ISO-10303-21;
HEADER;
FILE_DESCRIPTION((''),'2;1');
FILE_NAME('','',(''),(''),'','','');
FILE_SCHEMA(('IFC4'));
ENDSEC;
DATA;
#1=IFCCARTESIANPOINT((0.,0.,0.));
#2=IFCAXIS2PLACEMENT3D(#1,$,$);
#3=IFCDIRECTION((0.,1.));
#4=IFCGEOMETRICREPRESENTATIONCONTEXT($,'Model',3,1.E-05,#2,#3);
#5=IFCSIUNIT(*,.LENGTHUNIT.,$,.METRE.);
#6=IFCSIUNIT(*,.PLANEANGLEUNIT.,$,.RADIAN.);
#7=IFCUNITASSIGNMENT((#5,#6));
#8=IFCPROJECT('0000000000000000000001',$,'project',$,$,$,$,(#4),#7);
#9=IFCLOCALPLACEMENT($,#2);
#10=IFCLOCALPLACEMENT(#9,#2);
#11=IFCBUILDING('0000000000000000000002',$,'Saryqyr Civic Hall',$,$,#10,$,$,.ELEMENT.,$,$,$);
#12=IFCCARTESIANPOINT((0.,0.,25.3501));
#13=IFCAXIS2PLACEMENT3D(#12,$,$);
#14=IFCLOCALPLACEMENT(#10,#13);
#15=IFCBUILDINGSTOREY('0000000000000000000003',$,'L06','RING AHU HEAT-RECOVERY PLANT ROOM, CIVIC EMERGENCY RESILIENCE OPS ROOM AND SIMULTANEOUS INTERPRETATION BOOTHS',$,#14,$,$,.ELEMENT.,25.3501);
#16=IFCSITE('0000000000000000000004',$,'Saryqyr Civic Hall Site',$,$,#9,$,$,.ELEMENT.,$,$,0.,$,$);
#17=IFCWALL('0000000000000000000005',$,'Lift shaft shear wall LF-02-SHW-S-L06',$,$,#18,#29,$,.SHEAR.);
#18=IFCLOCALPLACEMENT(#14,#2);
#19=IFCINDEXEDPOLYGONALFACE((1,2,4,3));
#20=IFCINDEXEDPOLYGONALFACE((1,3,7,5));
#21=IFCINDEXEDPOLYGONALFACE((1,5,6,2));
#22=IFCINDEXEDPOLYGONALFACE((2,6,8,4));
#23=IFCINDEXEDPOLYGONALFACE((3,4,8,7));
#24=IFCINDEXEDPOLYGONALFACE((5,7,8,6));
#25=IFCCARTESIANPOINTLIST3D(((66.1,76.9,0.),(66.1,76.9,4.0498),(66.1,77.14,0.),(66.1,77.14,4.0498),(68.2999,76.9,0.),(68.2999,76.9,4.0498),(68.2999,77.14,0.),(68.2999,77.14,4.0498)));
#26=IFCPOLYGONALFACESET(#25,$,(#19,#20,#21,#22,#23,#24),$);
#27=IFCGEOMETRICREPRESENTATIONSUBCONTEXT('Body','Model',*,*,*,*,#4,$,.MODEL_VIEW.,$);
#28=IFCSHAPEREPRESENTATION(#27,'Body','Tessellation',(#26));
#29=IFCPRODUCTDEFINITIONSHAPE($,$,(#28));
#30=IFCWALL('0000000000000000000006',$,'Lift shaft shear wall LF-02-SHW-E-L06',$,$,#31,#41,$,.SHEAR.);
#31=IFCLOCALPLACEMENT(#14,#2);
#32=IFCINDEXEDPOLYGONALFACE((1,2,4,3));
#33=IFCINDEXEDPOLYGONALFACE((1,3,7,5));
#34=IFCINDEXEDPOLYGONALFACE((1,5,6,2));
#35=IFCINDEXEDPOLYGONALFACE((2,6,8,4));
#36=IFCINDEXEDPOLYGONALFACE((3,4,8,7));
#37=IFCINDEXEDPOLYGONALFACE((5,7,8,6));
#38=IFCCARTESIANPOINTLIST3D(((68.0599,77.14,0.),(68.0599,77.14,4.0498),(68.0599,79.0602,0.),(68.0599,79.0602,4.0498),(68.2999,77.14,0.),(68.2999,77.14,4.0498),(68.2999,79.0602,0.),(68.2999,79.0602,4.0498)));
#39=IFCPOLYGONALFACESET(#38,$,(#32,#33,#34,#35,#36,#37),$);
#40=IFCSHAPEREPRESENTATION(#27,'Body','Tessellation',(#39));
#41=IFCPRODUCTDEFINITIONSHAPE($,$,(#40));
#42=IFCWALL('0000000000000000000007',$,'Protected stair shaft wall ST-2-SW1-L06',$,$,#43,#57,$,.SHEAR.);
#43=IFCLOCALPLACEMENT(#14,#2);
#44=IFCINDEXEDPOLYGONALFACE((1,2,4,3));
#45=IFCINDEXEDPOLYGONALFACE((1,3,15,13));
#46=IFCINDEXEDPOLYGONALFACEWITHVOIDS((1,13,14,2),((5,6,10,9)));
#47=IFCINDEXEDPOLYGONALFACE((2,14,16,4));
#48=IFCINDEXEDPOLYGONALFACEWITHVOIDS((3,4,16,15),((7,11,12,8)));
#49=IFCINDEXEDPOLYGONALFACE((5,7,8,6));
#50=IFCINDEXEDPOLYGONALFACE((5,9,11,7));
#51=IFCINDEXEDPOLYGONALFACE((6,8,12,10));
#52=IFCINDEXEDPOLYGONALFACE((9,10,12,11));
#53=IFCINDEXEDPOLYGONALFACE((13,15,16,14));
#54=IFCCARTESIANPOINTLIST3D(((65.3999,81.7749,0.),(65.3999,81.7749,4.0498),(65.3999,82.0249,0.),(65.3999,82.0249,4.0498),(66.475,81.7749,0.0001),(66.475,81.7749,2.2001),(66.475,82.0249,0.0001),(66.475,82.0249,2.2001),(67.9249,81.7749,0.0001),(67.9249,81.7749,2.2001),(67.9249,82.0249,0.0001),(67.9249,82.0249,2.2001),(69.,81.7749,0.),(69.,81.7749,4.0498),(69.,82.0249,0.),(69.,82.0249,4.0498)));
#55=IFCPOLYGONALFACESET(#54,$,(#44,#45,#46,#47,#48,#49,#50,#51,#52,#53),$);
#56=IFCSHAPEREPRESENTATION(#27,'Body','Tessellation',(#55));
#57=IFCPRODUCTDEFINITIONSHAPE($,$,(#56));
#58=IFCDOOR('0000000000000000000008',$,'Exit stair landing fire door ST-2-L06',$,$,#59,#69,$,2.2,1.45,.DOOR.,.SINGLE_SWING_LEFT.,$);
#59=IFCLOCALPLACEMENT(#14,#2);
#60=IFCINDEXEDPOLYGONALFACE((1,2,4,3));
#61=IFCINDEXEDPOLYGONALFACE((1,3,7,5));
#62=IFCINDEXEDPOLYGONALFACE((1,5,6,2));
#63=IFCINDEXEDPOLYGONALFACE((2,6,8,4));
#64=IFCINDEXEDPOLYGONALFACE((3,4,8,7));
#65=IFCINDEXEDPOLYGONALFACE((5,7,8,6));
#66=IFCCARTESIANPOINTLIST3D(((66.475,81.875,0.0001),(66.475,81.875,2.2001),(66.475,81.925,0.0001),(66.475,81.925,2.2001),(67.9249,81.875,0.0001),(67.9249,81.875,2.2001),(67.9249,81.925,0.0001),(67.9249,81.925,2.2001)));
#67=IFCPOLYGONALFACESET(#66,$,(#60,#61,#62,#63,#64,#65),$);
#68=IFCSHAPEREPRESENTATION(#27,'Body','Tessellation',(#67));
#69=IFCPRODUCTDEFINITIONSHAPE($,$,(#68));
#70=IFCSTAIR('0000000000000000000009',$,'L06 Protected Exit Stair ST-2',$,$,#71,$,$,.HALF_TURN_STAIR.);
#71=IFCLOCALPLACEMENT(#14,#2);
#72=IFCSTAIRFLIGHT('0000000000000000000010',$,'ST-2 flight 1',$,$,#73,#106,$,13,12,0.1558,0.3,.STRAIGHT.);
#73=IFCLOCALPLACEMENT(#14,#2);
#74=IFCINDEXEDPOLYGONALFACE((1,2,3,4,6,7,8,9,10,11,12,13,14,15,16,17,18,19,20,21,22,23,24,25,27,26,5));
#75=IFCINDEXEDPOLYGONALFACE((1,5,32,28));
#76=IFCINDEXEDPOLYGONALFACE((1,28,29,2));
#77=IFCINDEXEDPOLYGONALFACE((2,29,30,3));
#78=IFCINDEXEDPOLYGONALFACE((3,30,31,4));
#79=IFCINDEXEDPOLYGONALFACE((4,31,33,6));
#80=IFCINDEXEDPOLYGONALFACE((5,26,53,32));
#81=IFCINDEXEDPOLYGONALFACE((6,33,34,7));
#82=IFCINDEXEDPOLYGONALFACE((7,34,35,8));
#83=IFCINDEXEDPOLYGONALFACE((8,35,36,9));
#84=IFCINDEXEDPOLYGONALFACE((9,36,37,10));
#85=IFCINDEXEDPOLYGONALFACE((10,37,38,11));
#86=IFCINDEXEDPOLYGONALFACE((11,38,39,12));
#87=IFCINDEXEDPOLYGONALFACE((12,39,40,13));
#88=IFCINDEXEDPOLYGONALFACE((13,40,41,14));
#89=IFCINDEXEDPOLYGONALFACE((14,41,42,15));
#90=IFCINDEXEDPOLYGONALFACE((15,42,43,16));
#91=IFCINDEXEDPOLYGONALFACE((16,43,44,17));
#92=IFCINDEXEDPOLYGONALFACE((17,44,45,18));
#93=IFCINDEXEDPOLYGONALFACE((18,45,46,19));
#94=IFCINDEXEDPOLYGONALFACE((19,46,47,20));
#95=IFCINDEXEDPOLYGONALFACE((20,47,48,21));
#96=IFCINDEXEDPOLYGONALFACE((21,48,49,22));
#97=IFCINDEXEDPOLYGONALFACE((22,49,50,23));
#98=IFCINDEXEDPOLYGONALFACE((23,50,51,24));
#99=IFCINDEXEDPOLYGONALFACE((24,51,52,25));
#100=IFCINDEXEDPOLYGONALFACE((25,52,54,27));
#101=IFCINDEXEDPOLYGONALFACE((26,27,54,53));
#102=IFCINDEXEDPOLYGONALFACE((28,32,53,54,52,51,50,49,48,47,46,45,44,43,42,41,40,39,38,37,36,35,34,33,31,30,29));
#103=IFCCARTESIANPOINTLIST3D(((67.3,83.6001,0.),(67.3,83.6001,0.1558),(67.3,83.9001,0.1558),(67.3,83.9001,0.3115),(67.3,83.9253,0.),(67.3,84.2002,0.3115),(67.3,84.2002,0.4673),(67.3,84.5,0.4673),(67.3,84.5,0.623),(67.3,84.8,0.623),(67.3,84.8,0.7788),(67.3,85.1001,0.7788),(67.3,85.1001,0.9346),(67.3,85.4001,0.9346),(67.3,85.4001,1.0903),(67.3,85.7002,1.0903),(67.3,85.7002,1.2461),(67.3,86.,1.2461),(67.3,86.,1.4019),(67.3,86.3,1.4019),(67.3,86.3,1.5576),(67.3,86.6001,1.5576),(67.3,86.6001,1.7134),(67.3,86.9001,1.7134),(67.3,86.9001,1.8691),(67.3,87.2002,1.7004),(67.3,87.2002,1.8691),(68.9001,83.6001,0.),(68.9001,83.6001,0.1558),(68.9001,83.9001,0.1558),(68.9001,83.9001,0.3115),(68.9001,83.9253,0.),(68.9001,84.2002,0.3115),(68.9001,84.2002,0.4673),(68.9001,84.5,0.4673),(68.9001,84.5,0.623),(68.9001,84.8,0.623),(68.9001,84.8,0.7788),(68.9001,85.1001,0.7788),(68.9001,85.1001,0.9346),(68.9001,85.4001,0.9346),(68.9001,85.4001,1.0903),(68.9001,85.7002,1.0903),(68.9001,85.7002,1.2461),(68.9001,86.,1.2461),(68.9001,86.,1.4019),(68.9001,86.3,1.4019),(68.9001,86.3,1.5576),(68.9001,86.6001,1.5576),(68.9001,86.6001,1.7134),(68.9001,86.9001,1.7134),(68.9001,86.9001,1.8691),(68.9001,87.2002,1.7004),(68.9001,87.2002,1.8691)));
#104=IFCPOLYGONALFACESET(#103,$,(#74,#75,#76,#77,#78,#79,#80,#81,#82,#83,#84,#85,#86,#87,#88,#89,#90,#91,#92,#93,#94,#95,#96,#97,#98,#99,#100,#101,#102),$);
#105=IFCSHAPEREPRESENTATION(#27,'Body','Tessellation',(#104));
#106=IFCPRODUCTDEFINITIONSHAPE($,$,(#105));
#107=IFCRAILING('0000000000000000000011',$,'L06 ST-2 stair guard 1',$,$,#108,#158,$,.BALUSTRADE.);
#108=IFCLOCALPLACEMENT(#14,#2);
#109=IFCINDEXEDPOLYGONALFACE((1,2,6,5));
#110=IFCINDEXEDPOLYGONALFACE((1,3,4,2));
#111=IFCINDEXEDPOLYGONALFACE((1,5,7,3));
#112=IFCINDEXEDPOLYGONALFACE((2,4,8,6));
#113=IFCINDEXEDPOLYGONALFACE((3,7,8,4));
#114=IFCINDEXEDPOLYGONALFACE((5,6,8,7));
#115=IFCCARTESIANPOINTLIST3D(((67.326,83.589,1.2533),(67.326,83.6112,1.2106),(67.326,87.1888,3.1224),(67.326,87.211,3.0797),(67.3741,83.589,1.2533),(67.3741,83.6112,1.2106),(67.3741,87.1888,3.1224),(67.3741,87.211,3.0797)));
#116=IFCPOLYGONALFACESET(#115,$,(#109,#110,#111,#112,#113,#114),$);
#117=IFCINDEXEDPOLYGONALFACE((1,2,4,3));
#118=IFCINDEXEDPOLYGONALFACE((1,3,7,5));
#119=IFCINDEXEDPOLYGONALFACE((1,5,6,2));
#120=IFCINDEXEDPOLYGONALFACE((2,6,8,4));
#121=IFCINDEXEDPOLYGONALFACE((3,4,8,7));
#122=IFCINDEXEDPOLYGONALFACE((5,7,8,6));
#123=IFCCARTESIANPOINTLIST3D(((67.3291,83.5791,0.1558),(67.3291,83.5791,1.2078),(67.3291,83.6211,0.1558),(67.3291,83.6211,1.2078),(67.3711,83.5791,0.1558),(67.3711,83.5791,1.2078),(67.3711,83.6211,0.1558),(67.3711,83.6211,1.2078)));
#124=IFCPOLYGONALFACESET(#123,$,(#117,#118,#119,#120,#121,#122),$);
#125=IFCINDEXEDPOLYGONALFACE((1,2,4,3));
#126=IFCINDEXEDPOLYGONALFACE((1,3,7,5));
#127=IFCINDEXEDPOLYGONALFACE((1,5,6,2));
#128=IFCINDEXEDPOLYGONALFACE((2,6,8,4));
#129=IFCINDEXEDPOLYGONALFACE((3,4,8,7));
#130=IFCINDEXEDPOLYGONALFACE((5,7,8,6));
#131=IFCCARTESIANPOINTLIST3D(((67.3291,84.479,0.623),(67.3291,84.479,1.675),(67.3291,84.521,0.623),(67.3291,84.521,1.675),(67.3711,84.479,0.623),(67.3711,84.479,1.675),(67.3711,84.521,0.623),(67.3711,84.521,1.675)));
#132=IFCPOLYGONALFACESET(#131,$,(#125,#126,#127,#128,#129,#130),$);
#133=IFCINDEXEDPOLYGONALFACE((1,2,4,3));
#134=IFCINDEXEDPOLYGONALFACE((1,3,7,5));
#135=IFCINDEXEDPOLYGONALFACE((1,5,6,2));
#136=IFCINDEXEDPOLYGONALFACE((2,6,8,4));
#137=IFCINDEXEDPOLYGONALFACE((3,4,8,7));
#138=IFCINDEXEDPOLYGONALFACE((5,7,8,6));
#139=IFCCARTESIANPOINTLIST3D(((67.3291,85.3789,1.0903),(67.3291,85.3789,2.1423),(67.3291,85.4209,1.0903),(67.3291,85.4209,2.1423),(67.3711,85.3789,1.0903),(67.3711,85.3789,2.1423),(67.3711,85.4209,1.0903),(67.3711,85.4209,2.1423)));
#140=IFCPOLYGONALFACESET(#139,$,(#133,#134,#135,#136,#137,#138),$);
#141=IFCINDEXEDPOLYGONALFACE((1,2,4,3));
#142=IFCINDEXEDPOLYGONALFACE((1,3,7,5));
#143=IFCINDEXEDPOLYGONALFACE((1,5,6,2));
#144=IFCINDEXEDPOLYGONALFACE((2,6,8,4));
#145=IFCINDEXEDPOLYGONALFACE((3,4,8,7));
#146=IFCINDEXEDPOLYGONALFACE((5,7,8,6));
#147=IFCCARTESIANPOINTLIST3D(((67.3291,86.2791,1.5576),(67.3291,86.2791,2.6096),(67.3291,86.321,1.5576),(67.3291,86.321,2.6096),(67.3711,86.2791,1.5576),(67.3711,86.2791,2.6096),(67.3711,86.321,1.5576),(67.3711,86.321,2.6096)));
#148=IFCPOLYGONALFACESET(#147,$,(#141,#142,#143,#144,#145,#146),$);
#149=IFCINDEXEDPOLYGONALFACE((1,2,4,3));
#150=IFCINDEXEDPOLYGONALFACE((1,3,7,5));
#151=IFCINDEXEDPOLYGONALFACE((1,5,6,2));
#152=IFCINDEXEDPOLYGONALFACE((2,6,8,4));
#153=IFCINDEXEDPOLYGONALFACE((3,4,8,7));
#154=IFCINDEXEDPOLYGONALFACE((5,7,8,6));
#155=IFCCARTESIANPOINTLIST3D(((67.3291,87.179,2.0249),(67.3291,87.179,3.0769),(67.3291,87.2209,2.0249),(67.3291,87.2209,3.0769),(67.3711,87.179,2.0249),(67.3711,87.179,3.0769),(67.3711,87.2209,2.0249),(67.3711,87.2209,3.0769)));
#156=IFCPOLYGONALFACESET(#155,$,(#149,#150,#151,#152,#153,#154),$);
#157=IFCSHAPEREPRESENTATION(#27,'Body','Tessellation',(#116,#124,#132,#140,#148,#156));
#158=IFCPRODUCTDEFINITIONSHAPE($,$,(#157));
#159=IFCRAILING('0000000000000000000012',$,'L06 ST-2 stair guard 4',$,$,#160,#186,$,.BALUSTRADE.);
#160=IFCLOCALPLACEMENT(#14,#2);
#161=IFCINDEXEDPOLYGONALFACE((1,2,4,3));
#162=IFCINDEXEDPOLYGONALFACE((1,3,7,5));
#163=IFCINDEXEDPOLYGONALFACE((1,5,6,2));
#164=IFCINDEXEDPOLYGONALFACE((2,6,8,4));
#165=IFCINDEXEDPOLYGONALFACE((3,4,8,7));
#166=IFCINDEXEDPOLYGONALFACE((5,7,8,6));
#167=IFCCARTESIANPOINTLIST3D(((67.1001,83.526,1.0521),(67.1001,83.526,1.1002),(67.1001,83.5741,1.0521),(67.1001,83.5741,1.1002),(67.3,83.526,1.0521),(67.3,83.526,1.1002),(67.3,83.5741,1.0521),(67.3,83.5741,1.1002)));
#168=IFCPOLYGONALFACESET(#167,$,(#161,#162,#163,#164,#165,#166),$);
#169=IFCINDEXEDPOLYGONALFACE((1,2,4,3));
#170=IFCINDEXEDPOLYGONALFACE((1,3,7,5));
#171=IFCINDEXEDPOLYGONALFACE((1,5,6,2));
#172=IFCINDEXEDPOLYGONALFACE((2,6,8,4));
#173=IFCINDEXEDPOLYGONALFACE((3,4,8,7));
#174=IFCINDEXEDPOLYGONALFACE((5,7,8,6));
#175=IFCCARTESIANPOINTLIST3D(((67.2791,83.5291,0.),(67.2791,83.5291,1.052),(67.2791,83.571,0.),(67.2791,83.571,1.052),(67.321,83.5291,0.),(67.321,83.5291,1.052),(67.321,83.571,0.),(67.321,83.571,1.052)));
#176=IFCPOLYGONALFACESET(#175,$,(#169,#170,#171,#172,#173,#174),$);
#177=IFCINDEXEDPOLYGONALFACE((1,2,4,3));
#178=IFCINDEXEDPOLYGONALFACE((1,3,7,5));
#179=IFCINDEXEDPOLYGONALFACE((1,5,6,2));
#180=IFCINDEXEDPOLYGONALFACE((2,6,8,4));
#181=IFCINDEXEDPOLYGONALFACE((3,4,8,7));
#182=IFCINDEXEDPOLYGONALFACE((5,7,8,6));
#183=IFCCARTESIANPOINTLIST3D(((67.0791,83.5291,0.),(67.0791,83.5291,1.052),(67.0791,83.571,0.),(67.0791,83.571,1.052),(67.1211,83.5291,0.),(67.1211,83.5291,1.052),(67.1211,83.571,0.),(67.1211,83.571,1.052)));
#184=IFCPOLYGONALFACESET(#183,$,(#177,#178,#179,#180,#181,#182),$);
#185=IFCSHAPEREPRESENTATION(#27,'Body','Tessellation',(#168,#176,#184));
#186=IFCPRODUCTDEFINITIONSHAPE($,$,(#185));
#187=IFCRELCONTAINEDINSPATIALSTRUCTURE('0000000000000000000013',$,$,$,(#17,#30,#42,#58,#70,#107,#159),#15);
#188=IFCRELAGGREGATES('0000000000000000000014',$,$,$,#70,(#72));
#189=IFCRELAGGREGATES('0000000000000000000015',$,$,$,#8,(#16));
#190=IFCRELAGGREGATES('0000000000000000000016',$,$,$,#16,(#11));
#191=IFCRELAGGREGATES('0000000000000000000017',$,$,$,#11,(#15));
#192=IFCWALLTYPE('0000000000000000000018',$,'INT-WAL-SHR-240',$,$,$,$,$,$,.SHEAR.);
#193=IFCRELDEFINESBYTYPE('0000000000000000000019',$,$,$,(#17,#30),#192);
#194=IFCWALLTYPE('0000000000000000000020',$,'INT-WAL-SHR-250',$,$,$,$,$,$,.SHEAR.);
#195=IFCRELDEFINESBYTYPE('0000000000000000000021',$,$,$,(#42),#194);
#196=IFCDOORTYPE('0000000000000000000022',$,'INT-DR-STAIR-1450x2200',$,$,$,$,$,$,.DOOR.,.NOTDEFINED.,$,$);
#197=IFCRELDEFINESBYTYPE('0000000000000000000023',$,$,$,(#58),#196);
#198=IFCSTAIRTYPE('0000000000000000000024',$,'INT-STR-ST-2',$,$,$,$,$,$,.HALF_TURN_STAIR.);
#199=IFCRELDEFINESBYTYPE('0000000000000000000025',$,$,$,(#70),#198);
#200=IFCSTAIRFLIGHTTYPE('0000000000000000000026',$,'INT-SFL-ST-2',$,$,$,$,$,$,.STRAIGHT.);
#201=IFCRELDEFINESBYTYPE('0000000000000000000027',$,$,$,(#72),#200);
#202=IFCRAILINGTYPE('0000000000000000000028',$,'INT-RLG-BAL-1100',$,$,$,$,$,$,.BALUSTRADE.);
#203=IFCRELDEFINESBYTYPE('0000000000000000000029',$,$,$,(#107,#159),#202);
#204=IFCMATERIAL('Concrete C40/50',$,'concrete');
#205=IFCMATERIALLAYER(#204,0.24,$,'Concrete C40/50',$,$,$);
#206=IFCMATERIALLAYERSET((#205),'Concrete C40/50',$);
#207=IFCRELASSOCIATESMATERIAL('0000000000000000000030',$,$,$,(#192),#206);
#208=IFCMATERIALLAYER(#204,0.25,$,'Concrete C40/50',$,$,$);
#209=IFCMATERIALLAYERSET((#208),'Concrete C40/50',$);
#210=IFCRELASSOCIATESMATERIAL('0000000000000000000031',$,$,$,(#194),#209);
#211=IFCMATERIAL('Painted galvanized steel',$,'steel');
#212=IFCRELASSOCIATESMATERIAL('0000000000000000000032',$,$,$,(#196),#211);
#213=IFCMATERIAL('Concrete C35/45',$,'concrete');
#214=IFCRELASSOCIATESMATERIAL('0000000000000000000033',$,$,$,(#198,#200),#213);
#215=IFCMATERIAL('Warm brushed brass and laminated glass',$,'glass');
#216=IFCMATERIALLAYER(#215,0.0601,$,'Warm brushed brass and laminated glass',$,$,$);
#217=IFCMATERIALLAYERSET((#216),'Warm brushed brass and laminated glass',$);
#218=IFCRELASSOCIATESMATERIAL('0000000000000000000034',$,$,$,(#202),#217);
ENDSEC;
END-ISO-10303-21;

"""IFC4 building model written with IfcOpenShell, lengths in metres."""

from ifc_helpers import new_model, si_unit, direction, frame, frame_2d, origin, origin_2d, place, context, subcontext, project, spatial, polyline, rectangle, outline, extrude, material, layer, layer_set, type_object, element, fill, aggregate, save


model = new_model("IFC4")

# Units and contexts
model_context = context("Model", 3, precision=1e-05, world=origin(), true_north=direction((0.0, 1.0)))
body_context = subcontext(model_context, "Body", "Model", "MODEL_VIEW")
ifc_project = project(units=[si_unit("LENGTHUNIT", "METRE"), si_unit("PLANEANGLEUNIT", "RADIAN")], contexts=[model_context])

# Site, building, storey
site_placement = place(None, origin())
site = spatial("IfcSite", under=ifc_project, at=site_placement, Name="Saryqyr Civic Hall Site", CompositionType="ELEMENT", RefElevation=0.0)
building_placement = place(site_placement, origin())
building = spatial("IfcBuilding", under=site, at=building_placement, Name="Saryqyr Civic Hall", CompositionType="ELEMENT")
storey_placement = place(building_placement, frame((0.0, 0.0, 25.3501)))
storey = spatial("IfcBuildingStorey", under=building, at=storey_placement, Name="L06", Description="RING AHU HEAT-RECOVERY PLANT ROOM, CIVIC EMERGENCY RESILIENCE OPS ROOM AND SIMULTANEOUS INTERPRETATION BOOTHS", CompositionType="ELEMENT", Elevation=25.3501)

# Shared definitions
ifc_material_1 = material(Name="Concrete C40/50", Category="concrete")

# Shared definitions
ifc_material_2 = material(Name="Concrete C35/45", Category="concrete")

# Walls
ifc_layer_1 = layer(ifc_material_1, 0.24, Name="Concrete C40/50")
ifc_layer_set_1 = layer_set([ifc_layer_1], Name="Concrete C40/50")
wall_type_1 = type_object("IfcWallType", Name="INT-WAL-SHR-240", PredefinedType="SHEAR", material=ifc_layer_set_1)
wall_1_placement = place(storey_placement, frame((68.3, 77.02, 0.0), z_axis=(0.0, 0.0, 1.0), x_axis=(-1.0, 0.0, 0.0)))
element("IfcWall", 1, at=wall_1_placement, inside=storey, type_object=wall_type_1, Name="Lift shaft shear wall LF-02-SHW-S-L06", PredefinedType="SHEAR", context=body_context, shape_type="SweptSolid", body=[
    extrude(rectangle(XDim=2.2, YDim=0.24, at=frame_2d((1.1001, 0.0))), origin(), (0.0, 0.0, 1.0), 4.0498),
])
wall_2_placement = place(storey_placement, frame((68.1799, 79.0601, 0.0), z_axis=(0.0, 0.0, 1.0), x_axis=(0.0, -1.0, 0.0)))
element("IfcWall", 2, at=wall_2_placement, inside=storey, type_object=wall_type_1, Name="Lift shaft shear wall LF-02-SHW-E-L06", PredefinedType="SHEAR", context=body_context, shape_type="SweptSolid", body=[
    extrude(rectangle(XDim=1.9202, YDim=0.24, at=frame_2d((0.96, 0.0))), origin(), (0.0, 0.0, 1.0), 4.0498),
])

# Wall, opening, door
ifc_layer_2 = layer(ifc_material_1, 0.25, Name="Concrete C40/50")
ifc_layer_set_2 = layer_set([ifc_layer_2], Name="Concrete C40/50")
wall_type_2 = type_object("IfcWallType", Name="INT-WAL-SHR-250", PredefinedType="SHEAR", material=ifc_layer_set_2)
wall_3_placement = place(storey_placement, frame((69.0, 81.8999, 0.0), z_axis=(0.0, 0.0, 1.0), x_axis=(-1.0, 0.0, 0.0)))
wall_3 = element("IfcWall", 3, at=wall_3_placement, inside=storey, type_object=wall_type_2, Name="Protected stair shaft wall ST-2-SW1-L06", PredefinedType="SHEAR", context=body_context, shape_type="SweptSolid", body=[
    extrude(rectangle(XDim=3.6001, YDim=0.25, at=frame_2d((1.8, 0.0))), origin(), (0.0, 0.0, 1.0), 4.0498),
])
opening_1_placement = place(wall_3_placement, frame((1.075, 0.0, 0.0)))
opening_1 = element("IfcOpeningElement", 4, at=opening_1_placement, cuts=wall_3, PredefinedType="OPENING", context=body_context, shape_type="SweptSolid", body=[
    extrude(rectangle(XDim=1.45, YDim=2.2, at=frame_2d((0.7251, 1.1001))), frame((0.0, 0.135, 0.0), z_axis=(0.0, -1.0, 0.0), x_axis=(1.0, 0.0, 0.0)), (0.0, 0.0, 1.0), 0.27),
])
ifc_material_3 = material(Name="Painted galvanized steel", Category="steel")
door_type_1 = type_object("IfcDoorType", Name="INT-DR-STAIR-1450x2200", OperationType="NOTDEFINED", PredefinedType="DOOR", material=ifc_material_3)
door_1_placement = place(opening_1_placement, origin())
door_1 = element("IfcDoor", 5, at=door_1_placement, inside=storey, type_object=door_type_1, Name="Exit stair landing fire door ST-2-L06", OperationType="SINGLE_SWING_LEFT", OverallHeight=2.2, OverallWidth=1.45, PredefinedType="DOOR", context=body_context, shape_type="SweptSolid", body=[
    extrude(rectangle(XDim=1.45, YDim=2.2, at=frame_2d((0.7251, 1.1001))), frame((0.0, 0.0249, 0.0), z_axis=(0.0, -1.0, 0.0), x_axis=(1.0, 0.0, 0.0)), (0.0, 0.0, 1.0), 0.05),
])
fill(opening_1, door_1)

# Stair, stair flight
stair_type = type_object("IfcStairType", Name="INT-STR-ST-2", PredefinedType="HALF_TURN_STAIR", material=ifc_material_2)
stair_placement = place(storey_placement, origin())
stair = element("IfcStair", 6, at=stair_placement, inside=storey, type_object=stair_type, Name="L06 Protected Exit Stair ST-2", PredefinedType="HALF_TURN_STAIR")
stair_flight_type = type_object("IfcStairFlightType", Name="INT-SFL-ST-2", PredefinedType="STRAIGHT", material=ifc_material_2)
stair_flight_placement = place(storey_placement, frame((68.1001, 83.6001, 0.0), z_axis=(0.0, 0.0, 1.0), x_axis=(0.0, 1.0, 0.0)))
stair_flight = element("IfcStairFlight", 7, at=stair_flight_placement, type_object=stair_flight_type, Name="ST-2 flight 1", NumberOfRisers=13, NumberOfTreads=12, PredefinedType="STRAIGHT", RiserHeight=0.1558, TreadLength=0.3, context=body_context, shape_type="SweptSolid", body=[
    extrude(outline(polyline([(0.0, 0.0), (0.0, 0.1558), (0.3, 0.1558), (0.3, 0.3115), (0.6001, 0.3115), (0.6001, 0.4673), (0.8999, 0.4673), (0.8999, 0.623), (1.2, 0.623), (1.2, 0.7788), (1.5, 0.7788), (1.5, 0.9346), (1.8, 0.9346), (1.8, 1.0903), (2.1001, 1.0903), (2.1001, 1.2461), (2.3999, 1.2461), (2.3999, 1.4019), (2.7, 1.4019), (2.7, 1.5576), (3.0, 1.5576), (3.0, 1.7134), (3.3, 1.7134), (3.3, 1.8691), (3.6001, 1.8691), (3.6001, 2.0249), (3.6001, 1.7004), (0.3252, 0.0), (0.0, 0.0)])), frame((0.0, 0.8, 0.0), z_axis=(0.0, -1.0, 0.0), x_axis=(1.0, 0.0, 0.0)), (0.0, 0.0, 1.0), 1.6001),
])
aggregate(stair, [stair_flight])

# Railings
ifc_material_4 = material(Name="Warm brushed brass and laminated glass", Category="glass")
ifc_layer_3 = layer(ifc_material_4, 0.0601, Name="Warm brushed brass and laminated glass")
ifc_layer_set_3 = layer_set([ifc_layer_3], Name="Warm brushed brass and laminated glass")
railing_type_1 = type_object("IfcRailingType", Name="INT-RLG-BAL-1100", PredefinedType="BALUSTRADE", material=ifc_layer_set_3)
railing_1_placement = place(storey_placement, frame((67.3501, 83.6001, 0.1558)))
element("IfcRailing", 8, at=railing_1_placement, inside=storey, type_object=railing_type_1, Name="L06 ST-2 stair guard 1", PredefinedType="BALUSTRADE", context=body_context, shape_type="SweptSolid", body=[
    extrude(rectangle(XDim=0.0481, YDim=0.0481, at=origin_2d()), frame((0.0, 0.0, 1.0762), z_axis=(0.0, 0.887497, 0.460813), x_axis=(-1.0, 0.0, 0.0)), (0.0, 0.0, 1.0), 4.0562),
    extrude(rectangle(XDim=0.042, YDim=0.042, at=origin_2d()), origin(), (0.0, 0.0, 1.0), 1.052),
    extrude(rectangle(XDim=0.042, YDim=0.042, at=origin_2d()), frame((0.0, 0.8999, 0.4673)), (0.0, 0.0, 1.0), 1.052),
    extrude(rectangle(XDim=0.042, YDim=0.042, at=origin_2d()), frame((0.0, 1.7998, 0.9346)), (0.0, 0.0, 1.0), 1.052),
    extrude(rectangle(XDim=0.042, YDim=0.042, at=origin_2d()), frame((0.0, 2.7, 1.4019)), (0.0, 0.0, 1.0), 1.052),
    extrude(rectangle(XDim=0.042, YDim=0.042, at=origin_2d()), frame((0.0, 3.5999, 1.8691)), (0.0, 0.0, 1.0), 1.052),
])
railing_2_placement = place(storey_placement, frame((67.3, 83.55, 0.0)))
element("IfcRailing", 9, at=railing_2_placement, inside=storey, type_object=railing_type_1, Name="L06 ST-2 stair guard 4", PredefinedType="BALUSTRADE", context=body_context, shape_type="SweptSolid", body=[
    extrude(rectangle(XDim=0.0481, YDim=0.0481, at=origin_2d()), frame((0.0, 0.0, 1.0762), z_axis=(-1.0, 0.0, 0.0), x_axis=(0.0, -1.0, 0.0)), (0.0, 0.0, 1.0), 0.2),
    extrude(rectangle(XDim=0.042, YDim=0.042, at=origin_2d()), origin(), (0.0, 0.0, 1.0), 1.052),
    extrude(rectangle(XDim=0.042, YDim=0.042, at=origin_2d()), frame((-0.2, 0.0, 0.0)), (0.0, 0.0, 1.0), 1.052),
])

save(model, "model.ifc")
